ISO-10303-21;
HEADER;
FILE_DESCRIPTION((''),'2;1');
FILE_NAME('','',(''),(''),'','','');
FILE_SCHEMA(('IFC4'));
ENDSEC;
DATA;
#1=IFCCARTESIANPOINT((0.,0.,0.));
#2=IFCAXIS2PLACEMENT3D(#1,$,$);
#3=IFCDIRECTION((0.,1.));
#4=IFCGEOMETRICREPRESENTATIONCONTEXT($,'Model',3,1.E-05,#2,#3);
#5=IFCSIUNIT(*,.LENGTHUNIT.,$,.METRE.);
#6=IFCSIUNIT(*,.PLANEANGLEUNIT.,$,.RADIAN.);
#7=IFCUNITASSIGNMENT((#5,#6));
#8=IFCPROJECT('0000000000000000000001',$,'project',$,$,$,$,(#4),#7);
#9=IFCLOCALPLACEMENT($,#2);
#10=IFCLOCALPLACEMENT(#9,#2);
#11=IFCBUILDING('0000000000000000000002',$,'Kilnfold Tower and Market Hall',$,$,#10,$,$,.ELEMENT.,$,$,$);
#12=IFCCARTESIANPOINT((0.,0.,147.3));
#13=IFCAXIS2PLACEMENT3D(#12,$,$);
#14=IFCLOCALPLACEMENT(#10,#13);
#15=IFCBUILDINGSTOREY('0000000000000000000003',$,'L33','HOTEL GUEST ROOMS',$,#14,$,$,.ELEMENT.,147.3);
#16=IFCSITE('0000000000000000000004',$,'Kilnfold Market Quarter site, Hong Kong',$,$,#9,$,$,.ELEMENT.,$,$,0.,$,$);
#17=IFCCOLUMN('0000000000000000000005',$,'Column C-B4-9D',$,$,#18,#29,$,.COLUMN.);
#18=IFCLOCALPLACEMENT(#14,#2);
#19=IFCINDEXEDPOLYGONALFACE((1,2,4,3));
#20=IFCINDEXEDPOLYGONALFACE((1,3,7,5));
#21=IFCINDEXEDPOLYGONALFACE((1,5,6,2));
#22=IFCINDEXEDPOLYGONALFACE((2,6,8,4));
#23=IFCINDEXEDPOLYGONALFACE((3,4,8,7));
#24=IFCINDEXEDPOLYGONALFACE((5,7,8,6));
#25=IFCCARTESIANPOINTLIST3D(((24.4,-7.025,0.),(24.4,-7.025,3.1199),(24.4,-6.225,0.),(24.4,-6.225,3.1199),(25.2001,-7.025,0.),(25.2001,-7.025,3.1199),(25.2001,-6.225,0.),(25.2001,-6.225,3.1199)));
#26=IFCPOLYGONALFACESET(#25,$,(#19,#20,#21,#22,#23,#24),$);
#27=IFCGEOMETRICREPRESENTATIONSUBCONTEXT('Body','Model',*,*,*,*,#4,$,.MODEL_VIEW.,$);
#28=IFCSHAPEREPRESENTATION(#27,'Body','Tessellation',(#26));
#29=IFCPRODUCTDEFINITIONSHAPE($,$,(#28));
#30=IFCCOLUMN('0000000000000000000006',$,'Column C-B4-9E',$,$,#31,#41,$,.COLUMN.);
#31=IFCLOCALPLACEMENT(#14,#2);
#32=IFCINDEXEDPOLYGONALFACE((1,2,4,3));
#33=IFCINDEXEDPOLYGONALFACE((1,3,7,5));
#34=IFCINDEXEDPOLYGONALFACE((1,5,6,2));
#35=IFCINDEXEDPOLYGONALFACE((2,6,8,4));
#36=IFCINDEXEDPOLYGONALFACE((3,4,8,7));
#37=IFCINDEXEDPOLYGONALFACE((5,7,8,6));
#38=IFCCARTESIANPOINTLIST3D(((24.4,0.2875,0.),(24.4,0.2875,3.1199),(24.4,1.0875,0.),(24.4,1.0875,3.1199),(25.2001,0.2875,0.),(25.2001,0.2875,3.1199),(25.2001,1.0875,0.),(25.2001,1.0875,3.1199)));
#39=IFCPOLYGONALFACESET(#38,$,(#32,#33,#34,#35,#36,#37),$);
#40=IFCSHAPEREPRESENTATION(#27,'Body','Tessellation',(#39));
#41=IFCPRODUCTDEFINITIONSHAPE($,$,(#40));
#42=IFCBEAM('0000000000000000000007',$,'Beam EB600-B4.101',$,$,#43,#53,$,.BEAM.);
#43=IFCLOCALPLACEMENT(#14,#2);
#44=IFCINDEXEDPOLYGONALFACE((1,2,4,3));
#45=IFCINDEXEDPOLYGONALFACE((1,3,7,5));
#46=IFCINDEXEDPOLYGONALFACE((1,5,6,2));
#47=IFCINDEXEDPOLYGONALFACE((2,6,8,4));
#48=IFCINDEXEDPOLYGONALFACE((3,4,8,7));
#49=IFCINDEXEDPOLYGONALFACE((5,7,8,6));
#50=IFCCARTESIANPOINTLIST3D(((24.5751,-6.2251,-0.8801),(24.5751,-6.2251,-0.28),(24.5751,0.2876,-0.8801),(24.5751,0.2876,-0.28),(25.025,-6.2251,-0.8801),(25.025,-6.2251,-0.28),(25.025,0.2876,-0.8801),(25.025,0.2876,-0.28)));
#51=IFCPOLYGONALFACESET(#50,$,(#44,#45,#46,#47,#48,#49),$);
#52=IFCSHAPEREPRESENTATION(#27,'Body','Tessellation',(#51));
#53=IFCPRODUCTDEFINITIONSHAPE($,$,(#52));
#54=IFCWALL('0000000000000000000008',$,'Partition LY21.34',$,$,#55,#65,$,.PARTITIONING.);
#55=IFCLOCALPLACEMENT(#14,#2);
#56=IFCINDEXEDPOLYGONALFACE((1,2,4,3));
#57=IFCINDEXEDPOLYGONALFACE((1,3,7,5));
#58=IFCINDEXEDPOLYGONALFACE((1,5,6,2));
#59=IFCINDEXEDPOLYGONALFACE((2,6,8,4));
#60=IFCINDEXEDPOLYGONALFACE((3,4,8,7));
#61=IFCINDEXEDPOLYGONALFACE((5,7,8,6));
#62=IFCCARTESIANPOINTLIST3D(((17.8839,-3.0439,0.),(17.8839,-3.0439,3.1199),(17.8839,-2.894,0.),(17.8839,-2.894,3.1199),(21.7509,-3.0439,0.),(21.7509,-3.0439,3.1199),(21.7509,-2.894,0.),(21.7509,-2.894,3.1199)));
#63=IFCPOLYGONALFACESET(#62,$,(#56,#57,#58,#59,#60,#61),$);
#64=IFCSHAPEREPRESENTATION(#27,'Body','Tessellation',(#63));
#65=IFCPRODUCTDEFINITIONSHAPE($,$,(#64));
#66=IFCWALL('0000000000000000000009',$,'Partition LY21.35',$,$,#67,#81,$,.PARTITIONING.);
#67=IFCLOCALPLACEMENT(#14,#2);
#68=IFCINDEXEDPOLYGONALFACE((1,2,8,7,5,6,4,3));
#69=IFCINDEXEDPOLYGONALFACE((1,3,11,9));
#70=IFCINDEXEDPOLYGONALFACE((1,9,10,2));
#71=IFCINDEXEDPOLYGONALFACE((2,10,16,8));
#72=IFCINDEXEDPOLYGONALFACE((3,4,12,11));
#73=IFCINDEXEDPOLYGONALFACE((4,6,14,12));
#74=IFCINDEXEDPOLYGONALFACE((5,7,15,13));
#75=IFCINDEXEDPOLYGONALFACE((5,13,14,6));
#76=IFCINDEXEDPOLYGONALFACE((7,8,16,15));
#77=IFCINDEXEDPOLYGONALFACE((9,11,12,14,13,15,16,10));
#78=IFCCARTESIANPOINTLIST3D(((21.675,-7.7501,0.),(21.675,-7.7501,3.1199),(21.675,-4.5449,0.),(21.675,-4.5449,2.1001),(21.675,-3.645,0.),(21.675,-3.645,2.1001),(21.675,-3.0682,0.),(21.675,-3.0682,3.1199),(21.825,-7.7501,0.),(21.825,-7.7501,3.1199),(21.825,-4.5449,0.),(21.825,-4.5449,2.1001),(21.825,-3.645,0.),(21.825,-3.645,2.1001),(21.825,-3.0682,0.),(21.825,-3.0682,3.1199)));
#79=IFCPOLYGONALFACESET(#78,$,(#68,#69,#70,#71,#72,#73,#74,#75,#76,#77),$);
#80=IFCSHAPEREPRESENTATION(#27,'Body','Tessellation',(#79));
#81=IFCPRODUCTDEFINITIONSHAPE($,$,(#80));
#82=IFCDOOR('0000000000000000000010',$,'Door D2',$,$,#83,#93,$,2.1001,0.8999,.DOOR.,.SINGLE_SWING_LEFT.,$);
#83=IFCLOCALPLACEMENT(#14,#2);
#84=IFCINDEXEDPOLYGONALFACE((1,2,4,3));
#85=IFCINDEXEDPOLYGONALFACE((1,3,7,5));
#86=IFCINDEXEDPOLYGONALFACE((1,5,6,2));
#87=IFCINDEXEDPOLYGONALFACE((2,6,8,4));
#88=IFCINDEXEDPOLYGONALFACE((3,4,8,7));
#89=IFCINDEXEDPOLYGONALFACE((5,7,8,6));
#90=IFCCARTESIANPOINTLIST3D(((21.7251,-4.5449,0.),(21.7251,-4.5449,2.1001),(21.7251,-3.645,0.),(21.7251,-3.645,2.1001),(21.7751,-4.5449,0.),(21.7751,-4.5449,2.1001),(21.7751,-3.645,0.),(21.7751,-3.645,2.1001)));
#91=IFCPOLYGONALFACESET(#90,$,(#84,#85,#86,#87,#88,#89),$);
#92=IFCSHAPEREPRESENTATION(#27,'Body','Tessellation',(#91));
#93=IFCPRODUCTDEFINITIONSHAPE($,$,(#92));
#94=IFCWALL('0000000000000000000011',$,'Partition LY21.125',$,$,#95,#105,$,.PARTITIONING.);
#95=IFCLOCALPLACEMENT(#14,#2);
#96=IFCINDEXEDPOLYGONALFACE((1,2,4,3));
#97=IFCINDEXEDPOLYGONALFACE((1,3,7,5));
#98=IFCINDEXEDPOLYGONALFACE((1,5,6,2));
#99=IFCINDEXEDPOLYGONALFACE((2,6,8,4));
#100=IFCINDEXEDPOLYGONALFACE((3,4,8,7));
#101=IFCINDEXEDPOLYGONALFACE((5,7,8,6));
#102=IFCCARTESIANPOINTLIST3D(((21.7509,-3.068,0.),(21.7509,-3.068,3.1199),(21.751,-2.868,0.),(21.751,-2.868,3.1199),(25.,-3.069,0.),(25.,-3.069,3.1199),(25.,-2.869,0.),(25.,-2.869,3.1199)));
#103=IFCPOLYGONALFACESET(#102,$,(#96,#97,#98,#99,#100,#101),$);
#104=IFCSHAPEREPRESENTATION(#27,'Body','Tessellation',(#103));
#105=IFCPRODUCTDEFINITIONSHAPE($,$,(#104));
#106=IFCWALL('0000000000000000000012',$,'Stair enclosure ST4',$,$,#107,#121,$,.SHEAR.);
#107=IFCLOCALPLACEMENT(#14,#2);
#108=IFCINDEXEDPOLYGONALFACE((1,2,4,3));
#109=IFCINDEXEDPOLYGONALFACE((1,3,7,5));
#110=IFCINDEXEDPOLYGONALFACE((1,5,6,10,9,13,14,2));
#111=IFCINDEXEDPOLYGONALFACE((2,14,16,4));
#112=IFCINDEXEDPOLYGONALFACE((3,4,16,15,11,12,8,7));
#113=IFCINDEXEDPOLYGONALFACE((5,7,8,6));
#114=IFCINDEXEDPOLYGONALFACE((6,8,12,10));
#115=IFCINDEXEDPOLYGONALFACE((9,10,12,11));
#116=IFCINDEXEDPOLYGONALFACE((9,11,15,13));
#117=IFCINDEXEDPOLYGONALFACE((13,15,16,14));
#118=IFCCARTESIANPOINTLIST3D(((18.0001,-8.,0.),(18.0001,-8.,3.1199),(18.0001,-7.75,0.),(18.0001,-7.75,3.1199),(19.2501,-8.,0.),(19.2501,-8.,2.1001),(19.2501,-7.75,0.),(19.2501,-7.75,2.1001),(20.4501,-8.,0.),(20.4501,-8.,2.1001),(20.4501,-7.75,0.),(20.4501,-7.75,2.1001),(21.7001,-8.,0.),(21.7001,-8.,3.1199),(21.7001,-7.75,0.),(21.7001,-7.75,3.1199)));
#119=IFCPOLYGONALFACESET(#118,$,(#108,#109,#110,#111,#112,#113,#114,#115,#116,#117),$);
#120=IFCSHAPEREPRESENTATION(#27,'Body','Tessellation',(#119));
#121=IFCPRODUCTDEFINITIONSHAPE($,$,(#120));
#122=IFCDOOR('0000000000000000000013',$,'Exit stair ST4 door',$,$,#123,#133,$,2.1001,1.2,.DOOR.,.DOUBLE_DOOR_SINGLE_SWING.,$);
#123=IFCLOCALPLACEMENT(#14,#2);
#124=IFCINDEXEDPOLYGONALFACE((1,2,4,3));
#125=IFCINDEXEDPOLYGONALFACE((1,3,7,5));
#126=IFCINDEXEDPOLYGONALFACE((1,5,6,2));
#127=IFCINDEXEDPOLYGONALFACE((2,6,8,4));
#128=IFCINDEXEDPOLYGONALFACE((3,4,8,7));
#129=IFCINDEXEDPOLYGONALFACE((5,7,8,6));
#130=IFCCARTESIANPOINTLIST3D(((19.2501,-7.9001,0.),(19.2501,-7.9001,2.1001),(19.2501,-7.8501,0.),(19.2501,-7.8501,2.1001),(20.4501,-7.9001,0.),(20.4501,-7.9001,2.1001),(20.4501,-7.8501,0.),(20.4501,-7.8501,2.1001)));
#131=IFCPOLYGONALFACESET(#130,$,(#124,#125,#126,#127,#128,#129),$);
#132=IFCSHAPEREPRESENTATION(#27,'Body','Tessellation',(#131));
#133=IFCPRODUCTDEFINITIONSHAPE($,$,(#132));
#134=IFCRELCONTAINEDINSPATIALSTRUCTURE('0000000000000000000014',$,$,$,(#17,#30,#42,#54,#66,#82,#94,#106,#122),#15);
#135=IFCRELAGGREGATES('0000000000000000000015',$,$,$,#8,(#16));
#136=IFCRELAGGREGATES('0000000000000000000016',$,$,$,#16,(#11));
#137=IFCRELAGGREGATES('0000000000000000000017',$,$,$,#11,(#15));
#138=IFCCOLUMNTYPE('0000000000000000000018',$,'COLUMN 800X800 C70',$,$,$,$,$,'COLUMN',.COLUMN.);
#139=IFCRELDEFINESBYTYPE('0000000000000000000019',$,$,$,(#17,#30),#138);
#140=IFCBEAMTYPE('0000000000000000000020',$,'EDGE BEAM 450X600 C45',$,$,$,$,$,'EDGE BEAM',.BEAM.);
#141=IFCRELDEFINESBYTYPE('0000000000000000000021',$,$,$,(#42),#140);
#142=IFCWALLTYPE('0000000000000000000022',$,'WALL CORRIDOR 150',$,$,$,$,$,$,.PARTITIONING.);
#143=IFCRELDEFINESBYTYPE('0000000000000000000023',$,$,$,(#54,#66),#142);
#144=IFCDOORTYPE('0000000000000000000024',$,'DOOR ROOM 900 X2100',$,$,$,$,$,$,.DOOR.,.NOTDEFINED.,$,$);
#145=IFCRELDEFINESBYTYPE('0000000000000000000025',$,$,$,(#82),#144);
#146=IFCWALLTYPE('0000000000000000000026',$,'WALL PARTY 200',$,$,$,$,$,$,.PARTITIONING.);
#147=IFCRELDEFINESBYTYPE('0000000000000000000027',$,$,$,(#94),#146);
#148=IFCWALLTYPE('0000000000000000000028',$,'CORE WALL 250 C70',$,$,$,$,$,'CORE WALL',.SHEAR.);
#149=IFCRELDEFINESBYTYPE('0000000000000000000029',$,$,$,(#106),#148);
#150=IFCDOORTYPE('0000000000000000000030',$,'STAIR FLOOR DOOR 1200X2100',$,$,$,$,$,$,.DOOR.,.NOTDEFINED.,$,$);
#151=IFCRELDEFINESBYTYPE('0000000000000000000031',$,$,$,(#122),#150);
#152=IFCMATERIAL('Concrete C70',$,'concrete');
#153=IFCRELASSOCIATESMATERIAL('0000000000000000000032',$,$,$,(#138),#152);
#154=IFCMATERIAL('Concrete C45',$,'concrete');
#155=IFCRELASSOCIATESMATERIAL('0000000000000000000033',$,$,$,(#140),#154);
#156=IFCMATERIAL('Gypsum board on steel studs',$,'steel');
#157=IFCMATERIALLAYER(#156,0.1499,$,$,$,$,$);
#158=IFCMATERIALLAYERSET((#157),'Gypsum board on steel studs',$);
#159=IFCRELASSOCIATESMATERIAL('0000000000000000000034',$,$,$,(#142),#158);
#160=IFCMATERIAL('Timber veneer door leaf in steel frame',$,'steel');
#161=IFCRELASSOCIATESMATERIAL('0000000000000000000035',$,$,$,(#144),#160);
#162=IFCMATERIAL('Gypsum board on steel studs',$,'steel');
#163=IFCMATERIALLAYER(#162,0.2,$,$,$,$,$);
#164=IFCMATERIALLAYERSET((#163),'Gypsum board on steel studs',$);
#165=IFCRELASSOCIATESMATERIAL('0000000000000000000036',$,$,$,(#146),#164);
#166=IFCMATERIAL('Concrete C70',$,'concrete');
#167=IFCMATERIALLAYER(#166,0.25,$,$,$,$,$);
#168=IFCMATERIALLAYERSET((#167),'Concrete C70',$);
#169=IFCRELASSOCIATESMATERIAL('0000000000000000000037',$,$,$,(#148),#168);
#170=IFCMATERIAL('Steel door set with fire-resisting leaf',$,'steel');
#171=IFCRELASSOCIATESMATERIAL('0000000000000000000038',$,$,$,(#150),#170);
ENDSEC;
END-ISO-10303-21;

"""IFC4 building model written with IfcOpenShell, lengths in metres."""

from ifc_helpers import new_model, si_unit, direction, frame, frame_2d, origin, origin_2d, place, context, subcontext, project, spatial, rectangle, extrude, source, transform, mapped, material, layer, layer_set, material_profile, profile_set, type_object, element, fill, save


model = new_model("IFC4")

# Units and contexts
model_context = context("Model", 3, precision=1e-05, world=origin(), true_north=direction((0.0, 1.0)))
body_context = subcontext(model_context, "Body", "Model", "MODEL_VIEW")
ifc_project = project(units=[si_unit("LENGTHUNIT", "METRE"), si_unit("PLANEANGLEUNIT", "RADIAN")], contexts=[model_context])

# Site, building, storey
site_placement = place(None, origin())
site = spatial("IfcSite", under=ifc_project, at=site_placement, Name="Kilnfold Market Quarter site, Hong Kong", CompositionType="ELEMENT", RefElevation=0.0)
building_placement = place(site_placement, origin())
building = spatial("IfcBuilding", under=site, at=building_placement, Name="Kilnfold Tower and Market Hall", CompositionType="ELEMENT")
storey_placement = place(building_placement, frame((0.0, 0.0, 147.3)))
storey = spatial("IfcBuildingStorey", under=building, at=storey_placement, Name="L33", Description="HOTEL GUEST ROOMS", CompositionType="ELEMENT", Elevation=147.3)

# Columns
ifc_material_1 = material(Name="Concrete C70", Category="concrete")
ifc_material_profile_1 = material_profile(ifc_material_1, rectangle(XDim=0.8, YDim=0.8, at=origin_2d()), Name="RC 800x800")
ifc_profile_set_1 = profile_set([ifc_material_profile_1], Name="Concrete C70")
column_type = type_object("IfcColumnType", Name="COLUMN 800X800 C70", ElementType="COLUMN", PredefinedType="COLUMN", material=ifc_profile_set_1)
shared_shape_1 = source(origin(), body_context, "Body", "SweptSolid", [
    extrude(rectangle(XDim=0.8, YDim=0.8, at=origin_2d()), origin(), (0.0, 0.0, 1.0), 3.1199),
])
for number, where, z_axis, x_axis, name in (
    (1, (24.8, -6.625, 0.0), (0.0, 0.0, 1.0), (1.0, 0.0, 0.0), "Column C-B4-9D"),
    (2, (24.8, 0.6875, 0.0), (0.0, 0.0, 1.0), (1.0, 0.0, 0.0), "Column C-B4-9E"),
):
    element("IfcColumn", number, at=place(storey_placement, frame(where, z_axis=z_axis, x_axis=x_axis)), inside=storey, type_object=column_type, Name=name, PredefinedType="COLUMN", context=body_context, shape_type="MappedRepresentation", body=[
        mapped(shared_shape_1, transform((0.0, 0.0, 0.0))),
    ])

# Beam
ifc_material_2 = material(Name="Concrete C45", Category="concrete")
ifc_material_profile_2 = material_profile(ifc_material_2, rectangle(XDim=0.45, YDim=0.6001, at=origin_2d()), Name="RC 450x600")
ifc_profile_set_2 = profile_set([ifc_material_profile_2], Name="Concrete C45")
beam_type = type_object("IfcBeamType", Name="EDGE BEAM 450X600 C45", ElementType="EDGE BEAM", PredefinedType="BEAM", material=ifc_profile_set_2)
shared_shape_2 = source(origin(), body_context, "Body", "SweptSolid", [
    extrude(rectangle(XDim=0.45, YDim=0.6001, at=origin_2d()), origin(), (0.0, 0.0, 1.0), 6.5127),
])
beam_placement = place(storey_placement, frame((24.8, -6.2251, -0.5801), z_axis=(0.0, 1.0, 0.0), x_axis=(-1.0, 0.0, 0.0)))
element("IfcBeam", 3, at=beam_placement, inside=storey, type_object=beam_type, Name="Beam EB600-B4.101", PredefinedType="BEAM", context=body_context, shape_type="MappedRepresentation", body=[
    mapped(shared_shape_2, transform((0.0, 0.0, 0.0))),
])

# Wall
ifc_material_3 = material(Name="Gypsum board on steel studs", Category="steel")
ifc_layer_1 = layer(ifc_material_3, 0.1499)
ifc_layer_set_1 = layer_set([ifc_layer_1], Name="Gypsum board on steel studs")
wall_type_1 = type_object("IfcWallType", Name="WALL CORRIDOR 150", PredefinedType="PARTITIONING", material=ifc_layer_set_1)
wall_1_placement = place(storey_placement, frame((21.751, -2.969, 0.0), z_axis=(0.0, 0.0, 1.0), x_axis=(-1.0, 0.0, 0.0)))
element("IfcWall", 4, at=wall_1_placement, inside=storey, type_object=wall_type_1, Name="Partition LY21.34", PredefinedType="PARTITIONING", context=body_context, shape_type="SweptSolid", body=[
    extrude(rectangle(XDim=3.8669, YDim=0.1499, at=frame_2d((1.9336, 0.0))), origin(), (0.0, 0.0, 1.0), 3.1199),
])

# Wall, opening, door
wall_2_placement = place(storey_placement, frame((21.75, -7.75, 0.0), z_axis=(0.0, 0.0, 1.0), x_axis=(0.0, 1.0, 0.0)))
wall_2 = element("IfcWall", 5, at=wall_2_placement, inside=storey, type_object=wall_type_1, Name="Partition LY21.35", PredefinedType="PARTITIONING", context=body_context, shape_type="SweptSolid", body=[
    extrude(rectangle(XDim=4.6819, YDim=0.1499, at=frame_2d((2.3408, 0.0))), origin(), (0.0, 0.0, 1.0), 3.1199),
])
opening_1_placement = place(wall_2_placement, frame((3.2051, 0.0, 0.0)))
opening_1 = element("IfcOpeningElement", 6, at=opening_1_placement, cuts=wall_2, PredefinedType="OPENING", context=body_context, shape_type="SweptSolid", body=[
    extrude(rectangle(XDim=0.8999, YDim=2.1001, at=frame_2d((0.45, 1.05))), frame((0.0, 0.085, 0.0), z_axis=(0.0, -1.0, 0.0), x_axis=(1.0, 0.0, 0.0)), (0.0, 0.0, 1.0), 0.1699),
])
ifc_material_4 = material(Name="Timber veneer door leaf in steel frame", Category="steel")
door_type_1 = type_object("IfcDoorType", Name="DOOR ROOM 900 X2100", OperationType="NOTDEFINED", PredefinedType="DOOR", material=ifc_material_4)
door_1_placement = place(opening_1_placement, origin())
door_1 = element("IfcDoor", 7, at=door_1_placement, inside=storey, type_object=door_type_1, Name="Door D2", OperationType="SINGLE_SWING_LEFT", OverallHeight=2.1001, OverallWidth=0.8999, PredefinedType="DOOR", context=body_context, shape_type="SweptSolid", body=[
    extrude(rectangle(XDim=0.8999, YDim=2.1001, at=frame_2d((0.45, 1.05))), frame((0.0, 0.0249, 0.0), z_axis=(0.0, -1.0, 0.0), x_axis=(1.0, 0.0, 0.0)), (0.0, 0.0, 1.0), 0.05),
])
fill(opening_1, door_1)

# Wall
ifc_material_5 = material(Name="Gypsum board on steel studs", Category="steel")
ifc_layer_2 = layer(ifc_material_5, 0.2)
ifc_layer_set_2 = layer_set([ifc_layer_2], Name="Gypsum board on steel studs")
wall_type_2 = type_object("IfcWallType", Name="WALL PARTY 200", PredefinedType="PARTITIONING", material=ifc_layer_set_2)
wall_3_placement = place(storey_placement, frame((21.751, -2.968, 0.0), z_axis=(0.0, 0.0, 1.0), x_axis=(1.0, -0.000301, 0.0)))
element("IfcWall", 8, at=wall_3_placement, inside=storey, type_object=wall_type_2, Name="Partition LY21.125", PredefinedType="PARTITIONING", context=body_context, shape_type="SweptSolid", body=[
    extrude(rectangle(XDim=3.249, YDim=0.2, at=frame_2d((1.6245, 0.0))), origin(), (0.0, 0.0, 1.0), 3.1199),
])

# Wall, opening, door
ifc_material_6 = material(Name="Concrete C70", Category="concrete")
ifc_layer_3 = layer(ifc_material_6, 0.25)
ifc_layer_set_3 = layer_set([ifc_layer_3], Name="Concrete C70")
wall_type_3 = type_object("IfcWallType", Name="CORE WALL 250 C70", ElementType="CORE WALL", PredefinedType="SHEAR", material=ifc_layer_set_3)
shared_shape_3 = source(origin(), body_context, "Body", "SweptSolid", [
    extrude(rectangle(XDim=3.7, YDim=0.25, at=frame_2d((1.8501, 0.0))), origin(), (0.0, 0.0, 1.0), 3.1199),
])
wall_4_placement = place(storey_placement, frame((18.0, -7.875, 0.0), z_axis=(0.0, 0.0, 1.0), x_axis=(1.0, 0.0, 0.0)))
wall_4 = element("IfcWall", 9, at=wall_4_placement, inside=storey, type_object=wall_type_3, Name="Stair enclosure ST4", PredefinedType="SHEAR", context=body_context, shape_type="MappedRepresentation", body=[
    mapped(shared_shape_3, transform((0.0, 0.0, 0.0))),
])
opening_2_placement = place(wall_4_placement, frame((1.25, 0.0, 0.0)))
opening_2 = element("IfcOpeningElement", 10, at=opening_2_placement, cuts=wall_4, PredefinedType="OPENING", context=body_context, shape_type="SweptSolid", body=[
    extrude(rectangle(XDim=1.2, YDim=2.1001, at=frame_2d((0.6001, 1.05))), frame((0.0, 0.135, 0.0), z_axis=(0.0, -1.0, 0.0), x_axis=(1.0, 0.0, 0.0)), (0.0, 0.0, 1.0), 0.27),
])
ifc_material_7 = material(Name="Steel door set with fire-resisting leaf", Category="steel")
door_type_2 = type_object("IfcDoorType", Name="STAIR FLOOR DOOR 1200X2100", OperationType="NOTDEFINED", PredefinedType="DOOR", material=ifc_material_7)
door_2_placement = place(opening_2_placement, origin())
door_2 = element("IfcDoor", 11, at=door_2_placement, inside=storey, type_object=door_type_2, Name="Exit stair ST4 door", OperationType="DOUBLE_DOOR_SINGLE_SWING", OverallHeight=2.1001, OverallWidth=1.2, PredefinedType="DOOR", context=body_context, shape_type="SweptSolid", body=[
    extrude(rectangle(XDim=1.2, YDim=2.1001, at=frame_2d((0.6001, 1.05))), frame((0.0, 0.0249, 0.0), z_axis=(0.0, -1.0, 0.0), x_axis=(1.0, 0.0, 0.0)), (0.0, 0.0, 1.0), 0.05),
])
fill(opening_2, door_2)

save(model, "model.ifc")
